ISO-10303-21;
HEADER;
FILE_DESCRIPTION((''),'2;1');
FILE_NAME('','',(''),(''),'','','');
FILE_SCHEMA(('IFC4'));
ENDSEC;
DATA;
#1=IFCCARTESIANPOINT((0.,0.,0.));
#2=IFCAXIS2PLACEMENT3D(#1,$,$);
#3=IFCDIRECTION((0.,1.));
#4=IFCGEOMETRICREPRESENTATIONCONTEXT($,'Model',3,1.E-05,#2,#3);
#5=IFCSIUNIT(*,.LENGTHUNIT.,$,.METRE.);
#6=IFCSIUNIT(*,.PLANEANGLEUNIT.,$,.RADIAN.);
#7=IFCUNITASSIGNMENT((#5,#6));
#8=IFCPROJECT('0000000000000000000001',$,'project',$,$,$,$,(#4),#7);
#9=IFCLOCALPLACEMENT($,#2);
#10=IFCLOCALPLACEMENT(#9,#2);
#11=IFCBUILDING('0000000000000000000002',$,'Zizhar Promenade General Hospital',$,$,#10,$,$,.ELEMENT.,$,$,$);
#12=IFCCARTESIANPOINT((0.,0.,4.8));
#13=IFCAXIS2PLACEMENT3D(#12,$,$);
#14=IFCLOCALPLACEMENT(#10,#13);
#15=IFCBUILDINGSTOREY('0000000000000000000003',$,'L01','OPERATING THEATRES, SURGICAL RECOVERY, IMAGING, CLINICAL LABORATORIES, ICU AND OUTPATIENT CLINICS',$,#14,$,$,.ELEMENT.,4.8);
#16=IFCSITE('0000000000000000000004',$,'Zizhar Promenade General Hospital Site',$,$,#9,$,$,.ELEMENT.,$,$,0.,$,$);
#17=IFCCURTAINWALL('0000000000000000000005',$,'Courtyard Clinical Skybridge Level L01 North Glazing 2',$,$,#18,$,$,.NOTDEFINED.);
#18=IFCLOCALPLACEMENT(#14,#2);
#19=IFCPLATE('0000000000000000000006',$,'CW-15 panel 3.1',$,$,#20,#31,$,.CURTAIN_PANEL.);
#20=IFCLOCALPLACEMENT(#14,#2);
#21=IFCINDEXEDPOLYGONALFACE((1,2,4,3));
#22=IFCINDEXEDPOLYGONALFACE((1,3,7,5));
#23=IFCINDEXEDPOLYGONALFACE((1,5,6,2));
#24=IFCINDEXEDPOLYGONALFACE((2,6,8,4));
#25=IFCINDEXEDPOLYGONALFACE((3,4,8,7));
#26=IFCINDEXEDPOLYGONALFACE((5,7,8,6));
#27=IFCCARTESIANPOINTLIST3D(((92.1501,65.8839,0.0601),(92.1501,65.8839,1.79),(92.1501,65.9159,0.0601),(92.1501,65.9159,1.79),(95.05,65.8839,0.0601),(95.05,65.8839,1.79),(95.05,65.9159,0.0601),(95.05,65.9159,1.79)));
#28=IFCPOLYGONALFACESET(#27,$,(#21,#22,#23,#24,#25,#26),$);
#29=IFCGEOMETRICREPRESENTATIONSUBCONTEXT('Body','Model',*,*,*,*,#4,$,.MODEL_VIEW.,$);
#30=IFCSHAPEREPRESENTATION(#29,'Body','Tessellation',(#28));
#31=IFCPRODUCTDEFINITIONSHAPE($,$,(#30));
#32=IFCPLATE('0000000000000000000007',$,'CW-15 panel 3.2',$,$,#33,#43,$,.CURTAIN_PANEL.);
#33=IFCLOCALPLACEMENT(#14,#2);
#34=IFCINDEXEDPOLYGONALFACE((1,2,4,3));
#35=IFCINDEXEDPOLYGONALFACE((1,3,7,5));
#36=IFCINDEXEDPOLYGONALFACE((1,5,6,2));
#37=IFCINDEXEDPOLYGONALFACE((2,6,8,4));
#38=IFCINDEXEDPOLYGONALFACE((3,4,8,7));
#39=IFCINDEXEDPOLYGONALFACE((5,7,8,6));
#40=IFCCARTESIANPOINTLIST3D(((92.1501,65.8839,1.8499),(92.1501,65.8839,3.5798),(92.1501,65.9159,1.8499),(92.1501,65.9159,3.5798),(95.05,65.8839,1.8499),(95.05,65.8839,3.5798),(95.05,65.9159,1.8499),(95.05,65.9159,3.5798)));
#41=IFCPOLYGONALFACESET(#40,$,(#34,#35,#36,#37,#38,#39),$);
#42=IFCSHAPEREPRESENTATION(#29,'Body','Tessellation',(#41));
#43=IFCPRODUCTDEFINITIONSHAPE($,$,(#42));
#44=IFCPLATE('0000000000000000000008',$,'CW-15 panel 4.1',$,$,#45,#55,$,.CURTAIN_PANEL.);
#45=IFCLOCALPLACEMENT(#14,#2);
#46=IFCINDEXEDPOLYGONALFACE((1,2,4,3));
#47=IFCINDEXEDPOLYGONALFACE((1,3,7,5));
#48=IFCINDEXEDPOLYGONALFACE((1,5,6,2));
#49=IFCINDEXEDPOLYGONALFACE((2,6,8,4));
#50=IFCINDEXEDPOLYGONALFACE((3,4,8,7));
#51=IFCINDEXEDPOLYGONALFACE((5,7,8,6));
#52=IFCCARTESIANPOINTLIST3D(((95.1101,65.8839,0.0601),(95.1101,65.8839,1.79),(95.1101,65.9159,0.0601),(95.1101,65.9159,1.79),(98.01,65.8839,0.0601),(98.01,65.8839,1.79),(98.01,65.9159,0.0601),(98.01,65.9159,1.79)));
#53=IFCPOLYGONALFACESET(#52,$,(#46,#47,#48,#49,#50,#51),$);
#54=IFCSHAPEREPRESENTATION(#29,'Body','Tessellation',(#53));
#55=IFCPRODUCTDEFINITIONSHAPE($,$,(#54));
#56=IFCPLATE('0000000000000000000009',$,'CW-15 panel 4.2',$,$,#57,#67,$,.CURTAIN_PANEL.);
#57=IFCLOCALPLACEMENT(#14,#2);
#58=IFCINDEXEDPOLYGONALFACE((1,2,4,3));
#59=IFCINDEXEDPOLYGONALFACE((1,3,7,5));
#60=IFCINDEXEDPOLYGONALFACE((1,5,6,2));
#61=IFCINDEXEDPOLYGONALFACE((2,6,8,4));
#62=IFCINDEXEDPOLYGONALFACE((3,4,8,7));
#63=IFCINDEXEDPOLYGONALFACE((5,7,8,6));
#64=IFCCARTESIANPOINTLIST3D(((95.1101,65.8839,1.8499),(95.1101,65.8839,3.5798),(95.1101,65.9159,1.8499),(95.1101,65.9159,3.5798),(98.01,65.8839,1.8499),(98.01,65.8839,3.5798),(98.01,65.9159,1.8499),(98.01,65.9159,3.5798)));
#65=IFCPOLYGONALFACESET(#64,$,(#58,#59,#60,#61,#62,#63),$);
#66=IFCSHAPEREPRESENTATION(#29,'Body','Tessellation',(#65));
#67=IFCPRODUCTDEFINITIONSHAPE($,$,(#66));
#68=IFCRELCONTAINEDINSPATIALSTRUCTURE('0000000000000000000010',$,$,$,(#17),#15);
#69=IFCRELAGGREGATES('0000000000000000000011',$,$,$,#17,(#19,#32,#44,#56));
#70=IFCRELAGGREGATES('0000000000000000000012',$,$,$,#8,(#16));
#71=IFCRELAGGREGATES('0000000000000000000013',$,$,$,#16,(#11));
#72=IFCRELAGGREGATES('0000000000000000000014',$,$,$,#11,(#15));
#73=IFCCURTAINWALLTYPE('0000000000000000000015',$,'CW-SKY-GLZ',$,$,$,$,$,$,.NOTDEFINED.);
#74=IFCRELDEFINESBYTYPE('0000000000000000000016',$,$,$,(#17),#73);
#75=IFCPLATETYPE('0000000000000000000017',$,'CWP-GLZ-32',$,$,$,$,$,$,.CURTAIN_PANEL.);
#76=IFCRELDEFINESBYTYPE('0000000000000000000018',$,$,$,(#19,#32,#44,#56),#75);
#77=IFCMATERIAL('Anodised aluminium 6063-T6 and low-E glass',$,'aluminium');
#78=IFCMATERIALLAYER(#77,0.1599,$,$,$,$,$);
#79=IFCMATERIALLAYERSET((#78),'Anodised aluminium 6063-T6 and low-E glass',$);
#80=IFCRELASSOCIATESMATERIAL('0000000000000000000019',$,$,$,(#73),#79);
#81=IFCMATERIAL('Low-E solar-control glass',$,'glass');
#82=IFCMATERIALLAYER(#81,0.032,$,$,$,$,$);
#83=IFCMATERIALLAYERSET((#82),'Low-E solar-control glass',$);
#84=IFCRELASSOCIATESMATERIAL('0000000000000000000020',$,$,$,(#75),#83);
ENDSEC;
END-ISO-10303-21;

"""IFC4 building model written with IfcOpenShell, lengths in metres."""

from ifc_helpers import new_model, si_unit, direction, frame, origin, origin_2d, place, context, subcontext, project, spatial, rectangle, extrude, material, layer, layer_set, type_object, element, aggregate, save


model = new_model("IFC4")

# Units and contexts
model_context = context("Model", 3, precision=1e-05, world=origin(), true_north=direction((0.0, 1.0)))
body_context = subcontext(model_context, "Body", "Model", "MODEL_VIEW")
ifc_project = project(units=[si_unit("LENGTHUNIT", "METRE"), si_unit("PLANEANGLEUNIT", "RADIAN")], contexts=[model_context])

# Site, building, storey
site_placement = place(None, origin())
site = spatial("IfcSite", under=ifc_project, at=site_placement, Name="Zizhar Promenade General Hospital Site", CompositionType="ELEMENT", RefElevation=0.0)
building_placement = place(site_placement, origin())
building = spatial("IfcBuilding", under=site, at=building_placement, Name="Zizhar Promenade General Hospital", CompositionType="ELEMENT")
storey_placement = place(building_placement, frame((0.0, 0.0, 4.8)))
storey = spatial("IfcBuildingStorey", under=building, at=storey_placement, Name="L01", Description="OPERATING THEATRES, SURGICAL RECOVERY, IMAGING, CLINICAL LABORATORIES, ICU AND OUTPATIENT CLINICS", CompositionType="ELEMENT", Elevation=4.8)

# Curtain wall
ifc_material_1 = material(Name="Anodised aluminium 6063-T6 and low-E glass", Category="aluminium")
ifc_layer_1 = layer(ifc_material_1, 0.1599)
ifc_layer_set_1 = layer_set([ifc_layer_1], Name="Anodised aluminium 6063-T6 and low-E glass")
curtain_wall_type = type_object("IfcCurtainWallType", Name="CW-SKY-GLZ", PredefinedType="NOTDEFINED", material=ifc_layer_set_1)
curtain_wall_1_placement = place(storey_placement, origin())
curtain_wall_1 = element("IfcCurtainWall", 1, at=curtain_wall_1_placement, inside=storey, type_object=curtain_wall_type, Name="Courtyard Clinical Skybridge Level L01 North Glazing 2", PredefinedType="NOTDEFINED")

# Plates
ifc_material_2 = material(Name="Low-E solar-control glass", Category="glass")
ifc_layer_2 = layer(ifc_material_2, 0.032)
ifc_layer_set_2 = layer_set([ifc_layer_2], Name="Low-E solar-control glass")
plate_type = type_object("IfcPlateType", Name="CWP-GLZ-32", PredefinedType="CURTAIN_PANEL", material=ifc_layer_set_2)
plate_1_placement = place(storey_placement, frame((93.6001, 65.8999, 0.0601), z_axis=(0.0, 0.0, 1.0), x_axis=(1.0, 0.0, 0.0)))
plate_1 = element("IfcPlate", 2, at=plate_1_placement, type_object=plate_type, Name="CW-15 panel 3.1", PredefinedType="CURTAIN_PANEL", context=body_context, shape_type="SweptSolid", body=[
    extrude(rectangle(XDim=2.8999, YDim=0.032, at=origin_2d()), origin(), (0.0, 0.0, 1.0), 1.73),
])
plate_2_placement = place(storey_placement, frame((93.6001, 65.8999, 1.8499), z_axis=(0.0, 0.0, 1.0), x_axis=(1.0, 0.0, 0.0)))
plate_2 = element("IfcPlate", 3, at=plate_2_placement, type_object=plate_type, Name="CW-15 panel 3.2", PredefinedType="CURTAIN_PANEL", context=body_context, shape_type="SweptSolid", body=[
    extrude(rectangle(XDim=2.8999, YDim=0.032, at=origin_2d()), origin(), (0.0, 0.0, 1.0), 1.73),
])
plate_3_placement = place(storey_placement, frame((96.5601, 65.8999, 0.0601), z_axis=(0.0, 0.0, 1.0), x_axis=(1.0, 0.0, 0.0)))
plate_3 = element("IfcPlate", 4, at=plate_3_placement, type_object=plate_type, Name="CW-15 panel 4.1", PredefinedType="CURTAIN_PANEL", context=body_context, shape_type="SweptSolid", body=[
    extrude(rectangle(XDim=2.8999, YDim=0.032, at=origin_2d()), origin(), (0.0, 0.0, 1.0), 1.73),
])
plate_4_placement = place(storey_placement, frame((96.5601, 65.8999, 1.8499), z_axis=(0.0, 0.0, 1.0), x_axis=(1.0, 0.0, 0.0)))
plate_4 = element("IfcPlate", 5, at=plate_4_placement, type_object=plate_type, Name="CW-15 panel 4.2", PredefinedType="CURTAIN_PANEL", context=body_context, shape_type="SweptSolid", body=[
    extrude(rectangle(XDim=2.8999, YDim=0.032, at=origin_2d()), origin(), (0.0, 0.0, 1.0), 1.73),
])
aggregate(curtain_wall_1, [plate_1, plate_2, plate_3, plate_4])

save(model, "model.ifc")
